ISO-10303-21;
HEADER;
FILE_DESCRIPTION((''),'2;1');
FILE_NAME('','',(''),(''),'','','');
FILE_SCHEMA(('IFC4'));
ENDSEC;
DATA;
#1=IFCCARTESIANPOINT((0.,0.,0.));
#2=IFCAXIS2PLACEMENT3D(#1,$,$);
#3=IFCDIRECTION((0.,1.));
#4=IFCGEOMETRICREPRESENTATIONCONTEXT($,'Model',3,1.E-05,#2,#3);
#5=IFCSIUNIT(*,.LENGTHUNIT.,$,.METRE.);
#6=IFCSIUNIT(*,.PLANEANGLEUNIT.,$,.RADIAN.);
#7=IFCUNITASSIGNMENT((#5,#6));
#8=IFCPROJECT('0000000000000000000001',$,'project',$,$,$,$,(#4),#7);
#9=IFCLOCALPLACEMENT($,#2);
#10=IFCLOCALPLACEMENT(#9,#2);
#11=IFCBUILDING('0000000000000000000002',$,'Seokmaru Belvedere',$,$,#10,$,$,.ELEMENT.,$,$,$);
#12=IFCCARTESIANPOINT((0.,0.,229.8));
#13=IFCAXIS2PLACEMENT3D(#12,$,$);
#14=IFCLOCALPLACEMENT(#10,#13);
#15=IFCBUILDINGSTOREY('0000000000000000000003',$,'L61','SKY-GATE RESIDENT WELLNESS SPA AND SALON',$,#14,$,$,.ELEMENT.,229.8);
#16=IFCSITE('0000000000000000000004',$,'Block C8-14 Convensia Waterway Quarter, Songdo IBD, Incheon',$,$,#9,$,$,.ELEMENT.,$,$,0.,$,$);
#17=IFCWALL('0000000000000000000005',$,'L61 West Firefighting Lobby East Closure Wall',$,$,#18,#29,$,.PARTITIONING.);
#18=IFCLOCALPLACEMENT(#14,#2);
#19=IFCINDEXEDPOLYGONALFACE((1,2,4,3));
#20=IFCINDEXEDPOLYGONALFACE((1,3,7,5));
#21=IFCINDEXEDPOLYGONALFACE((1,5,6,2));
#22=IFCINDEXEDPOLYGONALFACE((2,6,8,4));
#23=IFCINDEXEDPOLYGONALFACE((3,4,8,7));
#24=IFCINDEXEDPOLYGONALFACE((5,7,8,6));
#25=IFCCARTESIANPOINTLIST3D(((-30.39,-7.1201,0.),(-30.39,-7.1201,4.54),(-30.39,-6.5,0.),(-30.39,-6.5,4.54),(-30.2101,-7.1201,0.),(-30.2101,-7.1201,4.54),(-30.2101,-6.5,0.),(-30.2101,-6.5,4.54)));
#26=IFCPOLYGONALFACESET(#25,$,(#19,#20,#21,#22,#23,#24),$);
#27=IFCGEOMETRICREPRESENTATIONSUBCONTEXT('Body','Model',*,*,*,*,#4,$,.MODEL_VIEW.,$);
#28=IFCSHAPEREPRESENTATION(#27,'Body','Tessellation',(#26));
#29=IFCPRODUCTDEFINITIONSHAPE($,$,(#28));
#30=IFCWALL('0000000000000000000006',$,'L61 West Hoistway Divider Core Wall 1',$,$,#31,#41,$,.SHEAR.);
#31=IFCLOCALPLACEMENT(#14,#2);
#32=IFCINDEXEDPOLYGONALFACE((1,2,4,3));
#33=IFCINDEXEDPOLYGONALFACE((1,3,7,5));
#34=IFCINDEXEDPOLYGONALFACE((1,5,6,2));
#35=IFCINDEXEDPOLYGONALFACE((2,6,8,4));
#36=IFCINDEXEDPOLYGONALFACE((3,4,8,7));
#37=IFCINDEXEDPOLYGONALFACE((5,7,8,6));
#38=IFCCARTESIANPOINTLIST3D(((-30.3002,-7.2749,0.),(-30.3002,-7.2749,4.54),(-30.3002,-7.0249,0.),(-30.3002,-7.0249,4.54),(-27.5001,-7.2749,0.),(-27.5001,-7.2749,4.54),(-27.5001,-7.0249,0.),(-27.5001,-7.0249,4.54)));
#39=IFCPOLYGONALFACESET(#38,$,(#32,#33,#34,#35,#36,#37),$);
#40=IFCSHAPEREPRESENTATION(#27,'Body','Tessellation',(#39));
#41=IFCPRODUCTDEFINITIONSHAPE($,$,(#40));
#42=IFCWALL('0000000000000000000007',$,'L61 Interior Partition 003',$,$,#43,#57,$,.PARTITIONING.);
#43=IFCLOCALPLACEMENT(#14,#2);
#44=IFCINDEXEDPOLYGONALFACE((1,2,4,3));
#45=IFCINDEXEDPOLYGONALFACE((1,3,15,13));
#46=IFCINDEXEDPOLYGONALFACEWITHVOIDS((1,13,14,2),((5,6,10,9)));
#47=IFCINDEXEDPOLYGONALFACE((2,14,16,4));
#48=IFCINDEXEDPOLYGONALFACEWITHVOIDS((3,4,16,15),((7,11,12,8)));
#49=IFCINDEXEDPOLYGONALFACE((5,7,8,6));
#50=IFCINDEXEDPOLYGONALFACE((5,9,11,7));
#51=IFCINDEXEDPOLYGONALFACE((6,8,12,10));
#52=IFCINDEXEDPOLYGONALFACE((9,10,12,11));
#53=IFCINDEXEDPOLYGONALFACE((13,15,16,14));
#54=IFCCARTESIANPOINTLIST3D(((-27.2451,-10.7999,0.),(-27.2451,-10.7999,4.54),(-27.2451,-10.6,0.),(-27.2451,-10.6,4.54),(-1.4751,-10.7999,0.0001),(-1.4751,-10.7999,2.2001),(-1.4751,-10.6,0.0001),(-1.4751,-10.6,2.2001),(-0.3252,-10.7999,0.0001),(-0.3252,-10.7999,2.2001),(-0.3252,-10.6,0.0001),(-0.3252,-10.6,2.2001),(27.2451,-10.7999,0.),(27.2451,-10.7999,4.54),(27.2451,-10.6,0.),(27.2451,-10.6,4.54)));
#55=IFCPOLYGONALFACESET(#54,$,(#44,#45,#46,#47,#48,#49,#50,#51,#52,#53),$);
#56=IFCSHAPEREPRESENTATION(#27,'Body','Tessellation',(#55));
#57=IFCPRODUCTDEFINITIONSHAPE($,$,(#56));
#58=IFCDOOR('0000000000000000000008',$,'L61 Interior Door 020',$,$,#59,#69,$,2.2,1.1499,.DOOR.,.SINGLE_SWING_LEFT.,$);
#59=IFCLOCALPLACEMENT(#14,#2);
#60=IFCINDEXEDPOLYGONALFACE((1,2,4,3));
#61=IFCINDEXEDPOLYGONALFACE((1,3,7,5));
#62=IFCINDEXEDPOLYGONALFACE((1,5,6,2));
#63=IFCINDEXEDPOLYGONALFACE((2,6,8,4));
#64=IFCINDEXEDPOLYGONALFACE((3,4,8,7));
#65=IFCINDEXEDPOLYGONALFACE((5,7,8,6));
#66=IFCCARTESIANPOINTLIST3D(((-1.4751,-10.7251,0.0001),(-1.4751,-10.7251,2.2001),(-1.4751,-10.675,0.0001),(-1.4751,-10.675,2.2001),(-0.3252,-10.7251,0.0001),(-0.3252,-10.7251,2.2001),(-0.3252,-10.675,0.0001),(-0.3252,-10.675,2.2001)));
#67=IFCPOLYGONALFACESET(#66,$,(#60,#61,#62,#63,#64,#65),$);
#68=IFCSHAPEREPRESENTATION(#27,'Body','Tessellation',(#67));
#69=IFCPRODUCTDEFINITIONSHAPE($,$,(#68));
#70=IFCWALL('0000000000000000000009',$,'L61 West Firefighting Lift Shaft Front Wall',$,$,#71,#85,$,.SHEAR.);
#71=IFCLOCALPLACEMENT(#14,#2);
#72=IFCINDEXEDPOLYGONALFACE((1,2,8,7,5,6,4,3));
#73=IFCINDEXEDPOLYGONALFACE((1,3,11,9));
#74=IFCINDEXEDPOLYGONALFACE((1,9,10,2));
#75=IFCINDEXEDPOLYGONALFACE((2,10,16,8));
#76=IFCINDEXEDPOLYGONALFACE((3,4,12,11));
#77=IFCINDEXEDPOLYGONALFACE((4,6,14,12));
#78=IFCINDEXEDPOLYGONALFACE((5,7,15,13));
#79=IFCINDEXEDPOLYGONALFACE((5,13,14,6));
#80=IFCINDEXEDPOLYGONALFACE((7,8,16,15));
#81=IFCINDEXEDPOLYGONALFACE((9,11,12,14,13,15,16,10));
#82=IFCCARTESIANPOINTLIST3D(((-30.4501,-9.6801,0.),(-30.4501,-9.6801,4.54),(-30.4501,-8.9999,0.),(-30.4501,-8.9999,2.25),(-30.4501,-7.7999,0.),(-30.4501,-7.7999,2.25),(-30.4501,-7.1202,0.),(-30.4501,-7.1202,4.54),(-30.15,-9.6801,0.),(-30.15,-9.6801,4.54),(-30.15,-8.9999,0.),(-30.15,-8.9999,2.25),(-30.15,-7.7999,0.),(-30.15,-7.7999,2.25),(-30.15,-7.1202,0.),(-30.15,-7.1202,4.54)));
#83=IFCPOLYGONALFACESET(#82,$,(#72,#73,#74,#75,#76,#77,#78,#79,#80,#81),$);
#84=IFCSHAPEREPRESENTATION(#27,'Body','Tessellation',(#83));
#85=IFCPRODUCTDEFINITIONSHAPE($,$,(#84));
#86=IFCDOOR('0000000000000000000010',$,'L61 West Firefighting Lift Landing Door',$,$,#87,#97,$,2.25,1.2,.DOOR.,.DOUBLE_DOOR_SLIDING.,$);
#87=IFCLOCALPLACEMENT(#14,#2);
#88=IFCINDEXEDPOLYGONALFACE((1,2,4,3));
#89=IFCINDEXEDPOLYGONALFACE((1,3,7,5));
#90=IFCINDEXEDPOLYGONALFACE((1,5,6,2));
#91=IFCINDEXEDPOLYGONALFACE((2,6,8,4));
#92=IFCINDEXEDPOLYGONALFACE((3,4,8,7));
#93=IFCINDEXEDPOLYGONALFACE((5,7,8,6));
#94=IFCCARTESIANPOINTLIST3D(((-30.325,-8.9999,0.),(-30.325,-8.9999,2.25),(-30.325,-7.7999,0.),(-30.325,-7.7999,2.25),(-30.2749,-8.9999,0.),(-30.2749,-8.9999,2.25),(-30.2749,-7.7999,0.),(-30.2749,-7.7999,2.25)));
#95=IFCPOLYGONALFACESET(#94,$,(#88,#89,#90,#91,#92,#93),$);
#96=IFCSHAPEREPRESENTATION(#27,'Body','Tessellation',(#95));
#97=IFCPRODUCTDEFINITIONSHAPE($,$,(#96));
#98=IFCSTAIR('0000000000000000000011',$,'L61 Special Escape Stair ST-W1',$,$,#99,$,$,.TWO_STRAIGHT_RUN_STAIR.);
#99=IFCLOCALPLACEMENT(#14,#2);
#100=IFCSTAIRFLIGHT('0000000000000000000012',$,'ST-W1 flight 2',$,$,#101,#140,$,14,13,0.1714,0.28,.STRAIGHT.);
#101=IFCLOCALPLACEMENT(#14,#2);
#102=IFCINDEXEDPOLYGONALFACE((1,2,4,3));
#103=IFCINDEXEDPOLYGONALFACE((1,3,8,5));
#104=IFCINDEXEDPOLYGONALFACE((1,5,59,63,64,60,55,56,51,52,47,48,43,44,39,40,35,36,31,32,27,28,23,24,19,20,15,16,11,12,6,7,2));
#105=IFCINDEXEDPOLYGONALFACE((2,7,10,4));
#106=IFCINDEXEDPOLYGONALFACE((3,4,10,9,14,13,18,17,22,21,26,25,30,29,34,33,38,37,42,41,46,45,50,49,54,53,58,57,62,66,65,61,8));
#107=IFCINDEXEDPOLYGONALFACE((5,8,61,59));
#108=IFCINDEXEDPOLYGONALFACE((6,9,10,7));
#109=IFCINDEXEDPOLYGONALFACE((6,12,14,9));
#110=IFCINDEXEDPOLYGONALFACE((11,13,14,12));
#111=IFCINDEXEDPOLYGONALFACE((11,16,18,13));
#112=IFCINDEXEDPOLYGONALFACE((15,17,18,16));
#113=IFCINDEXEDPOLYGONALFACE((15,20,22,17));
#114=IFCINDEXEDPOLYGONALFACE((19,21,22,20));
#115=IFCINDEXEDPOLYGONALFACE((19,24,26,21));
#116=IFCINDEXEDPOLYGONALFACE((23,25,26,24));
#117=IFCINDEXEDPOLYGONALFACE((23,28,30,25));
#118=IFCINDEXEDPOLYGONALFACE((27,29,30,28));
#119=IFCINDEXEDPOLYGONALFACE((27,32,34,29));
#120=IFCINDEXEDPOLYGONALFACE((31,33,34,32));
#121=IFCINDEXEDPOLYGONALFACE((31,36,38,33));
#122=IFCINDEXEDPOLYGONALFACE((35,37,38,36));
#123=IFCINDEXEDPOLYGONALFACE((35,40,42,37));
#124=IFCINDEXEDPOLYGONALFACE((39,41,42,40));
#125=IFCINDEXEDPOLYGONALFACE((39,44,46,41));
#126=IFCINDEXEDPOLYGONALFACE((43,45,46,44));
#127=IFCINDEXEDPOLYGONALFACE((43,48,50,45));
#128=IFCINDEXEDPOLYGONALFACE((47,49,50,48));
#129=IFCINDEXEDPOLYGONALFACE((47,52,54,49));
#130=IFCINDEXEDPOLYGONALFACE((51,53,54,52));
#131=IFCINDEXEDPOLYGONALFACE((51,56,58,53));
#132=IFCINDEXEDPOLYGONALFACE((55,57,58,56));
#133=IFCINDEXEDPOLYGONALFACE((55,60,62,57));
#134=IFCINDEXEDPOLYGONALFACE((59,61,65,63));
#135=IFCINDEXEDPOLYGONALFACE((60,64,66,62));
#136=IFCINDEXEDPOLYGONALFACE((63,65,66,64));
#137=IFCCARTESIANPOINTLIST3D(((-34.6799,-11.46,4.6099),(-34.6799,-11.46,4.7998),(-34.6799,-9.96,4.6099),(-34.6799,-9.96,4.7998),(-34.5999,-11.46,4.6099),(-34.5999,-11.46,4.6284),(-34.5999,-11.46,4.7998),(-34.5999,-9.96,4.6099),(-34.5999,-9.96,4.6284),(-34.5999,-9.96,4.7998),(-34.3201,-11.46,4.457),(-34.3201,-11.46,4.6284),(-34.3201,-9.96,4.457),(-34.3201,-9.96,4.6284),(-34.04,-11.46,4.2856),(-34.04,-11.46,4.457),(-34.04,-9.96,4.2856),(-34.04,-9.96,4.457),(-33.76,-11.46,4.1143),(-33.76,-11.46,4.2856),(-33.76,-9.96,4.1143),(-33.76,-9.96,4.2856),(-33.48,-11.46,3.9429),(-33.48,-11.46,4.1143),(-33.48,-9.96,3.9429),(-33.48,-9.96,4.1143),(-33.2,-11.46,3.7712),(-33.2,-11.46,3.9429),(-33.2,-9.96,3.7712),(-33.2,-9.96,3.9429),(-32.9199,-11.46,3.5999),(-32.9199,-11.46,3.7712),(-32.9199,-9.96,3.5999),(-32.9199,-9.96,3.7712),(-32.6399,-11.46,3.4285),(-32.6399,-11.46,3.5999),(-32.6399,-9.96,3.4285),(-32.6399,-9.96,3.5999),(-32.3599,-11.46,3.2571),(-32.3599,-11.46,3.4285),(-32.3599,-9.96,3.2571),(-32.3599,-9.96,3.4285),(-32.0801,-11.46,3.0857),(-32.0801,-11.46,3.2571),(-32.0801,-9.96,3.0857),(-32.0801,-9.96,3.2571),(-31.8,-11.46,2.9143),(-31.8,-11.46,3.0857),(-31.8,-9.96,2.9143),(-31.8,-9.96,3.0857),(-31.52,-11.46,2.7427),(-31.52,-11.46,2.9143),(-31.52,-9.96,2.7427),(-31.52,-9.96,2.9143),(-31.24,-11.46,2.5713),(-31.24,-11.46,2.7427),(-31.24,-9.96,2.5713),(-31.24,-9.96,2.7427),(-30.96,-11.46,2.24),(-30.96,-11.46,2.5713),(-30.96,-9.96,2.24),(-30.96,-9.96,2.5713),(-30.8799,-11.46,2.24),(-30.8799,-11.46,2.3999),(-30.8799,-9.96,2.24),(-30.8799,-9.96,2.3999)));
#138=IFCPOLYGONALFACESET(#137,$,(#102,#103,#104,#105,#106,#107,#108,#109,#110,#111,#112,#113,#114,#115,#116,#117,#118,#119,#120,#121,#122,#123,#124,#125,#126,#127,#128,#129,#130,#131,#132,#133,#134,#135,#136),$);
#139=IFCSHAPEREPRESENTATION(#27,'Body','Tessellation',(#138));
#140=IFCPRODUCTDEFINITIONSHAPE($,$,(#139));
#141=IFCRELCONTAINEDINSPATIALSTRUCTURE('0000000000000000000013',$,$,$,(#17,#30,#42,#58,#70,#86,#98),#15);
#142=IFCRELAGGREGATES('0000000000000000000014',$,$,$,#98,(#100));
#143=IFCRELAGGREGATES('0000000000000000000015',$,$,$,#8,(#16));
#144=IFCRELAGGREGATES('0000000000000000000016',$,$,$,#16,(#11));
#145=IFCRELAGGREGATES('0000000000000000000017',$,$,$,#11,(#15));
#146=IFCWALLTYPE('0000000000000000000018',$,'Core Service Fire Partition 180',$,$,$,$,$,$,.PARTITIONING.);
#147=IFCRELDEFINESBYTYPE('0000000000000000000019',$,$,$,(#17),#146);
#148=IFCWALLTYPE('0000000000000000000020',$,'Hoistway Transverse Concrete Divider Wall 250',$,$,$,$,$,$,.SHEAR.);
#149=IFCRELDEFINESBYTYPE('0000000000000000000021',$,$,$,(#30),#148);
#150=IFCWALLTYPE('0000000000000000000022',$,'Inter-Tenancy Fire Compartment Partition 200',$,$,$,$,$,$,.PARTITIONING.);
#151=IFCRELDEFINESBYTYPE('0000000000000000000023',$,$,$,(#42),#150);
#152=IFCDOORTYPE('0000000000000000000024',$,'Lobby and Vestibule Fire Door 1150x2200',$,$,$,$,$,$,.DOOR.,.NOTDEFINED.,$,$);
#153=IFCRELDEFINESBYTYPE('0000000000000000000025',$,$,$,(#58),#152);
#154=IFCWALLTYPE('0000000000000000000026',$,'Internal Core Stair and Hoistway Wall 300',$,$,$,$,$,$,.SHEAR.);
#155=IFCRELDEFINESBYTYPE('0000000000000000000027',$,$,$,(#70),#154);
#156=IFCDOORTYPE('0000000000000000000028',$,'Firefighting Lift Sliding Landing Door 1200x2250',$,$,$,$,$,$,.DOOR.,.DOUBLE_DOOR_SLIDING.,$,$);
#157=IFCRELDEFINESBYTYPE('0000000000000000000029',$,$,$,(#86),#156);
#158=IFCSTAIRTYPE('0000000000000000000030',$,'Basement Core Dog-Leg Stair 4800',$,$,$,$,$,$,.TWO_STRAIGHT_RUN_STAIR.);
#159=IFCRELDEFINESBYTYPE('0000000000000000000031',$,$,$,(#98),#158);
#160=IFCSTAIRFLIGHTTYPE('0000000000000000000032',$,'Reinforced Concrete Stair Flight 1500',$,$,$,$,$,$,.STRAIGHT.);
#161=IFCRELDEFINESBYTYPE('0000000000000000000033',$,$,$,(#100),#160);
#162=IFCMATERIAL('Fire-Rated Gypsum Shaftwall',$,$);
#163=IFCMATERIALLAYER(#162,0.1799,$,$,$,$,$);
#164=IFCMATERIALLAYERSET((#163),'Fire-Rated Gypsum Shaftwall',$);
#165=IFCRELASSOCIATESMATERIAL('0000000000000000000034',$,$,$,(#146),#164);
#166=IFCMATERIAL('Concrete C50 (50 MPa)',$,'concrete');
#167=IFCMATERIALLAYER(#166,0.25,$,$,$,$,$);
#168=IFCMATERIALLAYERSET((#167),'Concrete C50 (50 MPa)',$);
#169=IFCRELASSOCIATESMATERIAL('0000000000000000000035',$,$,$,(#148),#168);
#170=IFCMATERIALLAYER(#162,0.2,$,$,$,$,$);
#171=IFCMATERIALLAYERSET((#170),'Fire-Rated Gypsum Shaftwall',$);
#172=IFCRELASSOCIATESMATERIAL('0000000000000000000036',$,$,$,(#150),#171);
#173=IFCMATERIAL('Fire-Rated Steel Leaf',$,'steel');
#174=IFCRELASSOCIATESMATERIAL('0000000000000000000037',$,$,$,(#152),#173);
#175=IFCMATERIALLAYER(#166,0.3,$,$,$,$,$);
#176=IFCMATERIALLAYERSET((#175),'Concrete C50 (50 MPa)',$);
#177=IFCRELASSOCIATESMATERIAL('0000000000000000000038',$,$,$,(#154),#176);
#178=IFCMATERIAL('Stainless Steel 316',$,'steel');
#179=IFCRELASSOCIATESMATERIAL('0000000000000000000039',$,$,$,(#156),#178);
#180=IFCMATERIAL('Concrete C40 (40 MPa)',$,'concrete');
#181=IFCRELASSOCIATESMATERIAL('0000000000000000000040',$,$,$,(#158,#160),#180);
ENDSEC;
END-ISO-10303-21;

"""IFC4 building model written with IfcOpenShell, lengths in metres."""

from ifc_helpers import new_model, si_unit, direction, frame, frame_2d, origin, place, context, subcontext, project, spatial, polyline, rectangle, outline, extrude, source, transform, mapped, material, layer, layer_set, type_object, type_shapes, element, fill, aggregate, save


model = new_model("IFC4")

# Units and contexts
model_context = context("Model", 3, precision=1e-05, world=origin(), true_north=direction((0.0, 1.0)))
body_context = subcontext(model_context, "Body", "Model", "MODEL_VIEW")
ifc_project = project(units=[si_unit("LENGTHUNIT", "METRE"), si_unit("PLANEANGLEUNIT", "RADIAN")], contexts=[model_context])

# Site, building, storey
site_placement = place(None, origin())
site = spatial("IfcSite", under=ifc_project, at=site_placement, Name="Block C8-14 Convensia Waterway Quarter, Songdo IBD, Incheon", CompositionType="ELEMENT", RefElevation=0.0)
building_placement = place(site_placement, origin())
building = spatial("IfcBuilding", under=site, at=building_placement, Name="Seokmaru Belvedere", CompositionType="ELEMENT")
storey_placement = place(building_placement, frame((0.0, 0.0, 229.8)))
storey = spatial("IfcBuildingStorey", under=building, at=storey_placement, Name="L61", Description="SKY-GATE RESIDENT WELLNESS SPA AND SALON", CompositionType="ELEMENT", Elevation=229.8)

# Walls
ifc_material_1 = material(Name="Fire-Rated Gypsum Shaftwall")
ifc_layer_1 = layer(ifc_material_1, 0.1799)
ifc_layer_set_1 = layer_set([ifc_layer_1], Name="Fire-Rated Gypsum Shaftwall")
wall_type_1 = type_object("IfcWallType", Name="Core Service Fire Partition 180", PredefinedType="PARTITIONING", material=ifc_layer_set_1)
wall_1_placement = place(storey_placement, frame((-30.3, -7.1201, 0.0), z_axis=(0.0, 0.0, 1.0), x_axis=(0.0, 1.0, 0.0)))
element("IfcWall", 1, at=wall_1_placement, inside=storey, type_object=wall_type_1, Name="L61 West Firefighting Lobby East Closure Wall", PredefinedType="PARTITIONING", context=body_context, shape_type="SweptSolid", body=[
    extrude(rectangle(XDim=0.6201, YDim=0.1799, at=frame_2d((0.3101, 0.0))), origin(), (0.0, 0.0, 1.0), 4.54),
])
ifc_material_2 = material(Name="Concrete C50 (50 MPa)", Category="concrete")
ifc_layer_2 = layer(ifc_material_2, 0.25)
ifc_layer_set_2 = layer_set([ifc_layer_2], Name="Concrete C50 (50 MPa)")
wall_type_2 = type_object("IfcWallType", Name="Hoistway Transverse Concrete Divider Wall 250", PredefinedType="SHEAR", material=ifc_layer_set_2)
wall_2_placement = place(storey_placement, frame((-30.3, -7.1499, 0.0), z_axis=(0.0, 0.0, 1.0), x_axis=(1.0, 0.0, 0.0)))
element("IfcWall", 2, at=wall_2_placement, inside=storey, type_object=wall_type_2, Name="L61 West Hoistway Divider Core Wall 1", PredefinedType="SHEAR", context=body_context, shape_type="SweptSolid", body=[
    extrude(rectangle(XDim=2.8, YDim=0.25, at=frame_2d((1.3999, 0.0))), origin(), (0.0, 0.0, 1.0), 4.54),
])

# Walls, openings, doors
ifc_layer_3 = layer(ifc_material_1, 0.2)
ifc_layer_set_3 = layer_set([ifc_layer_3], Name="Fire-Rated Gypsum Shaftwall")
wall_type_3 = type_object("IfcWallType", Name="Inter-Tenancy Fire Compartment Partition 200", PredefinedType="PARTITIONING", material=ifc_layer_set_3)
wall_3_placement = place(storey_placement, frame((-27.2451, -10.7, 0.0), z_axis=(0.0, 0.0, 1.0), x_axis=(1.0, 0.0, 0.0)))
wall_3 = element("IfcWall", 3, at=wall_3_placement, inside=storey, type_object=wall_type_3, Name="L61 Interior Partition 003", PredefinedType="PARTITIONING", context=body_context, shape_type="SweptSolid", body=[
    extrude(rectangle(XDim=54.4902, YDim=0.2, at=frame_2d((27.2451, 0.0))), origin(), (0.0, 0.0, 1.0), 4.54),
])
opening_1_placement = place(wall_3_placement, frame((25.77, 0.0, 0.0)))
opening_1 = element("IfcOpeningElement", 4, at=opening_1_placement, cuts=wall_3, PredefinedType="OPENING", context=body_context, shape_type="SweptSolid", body=[
    extrude(rectangle(XDim=1.1499, YDim=2.2, at=frame_2d((0.575, 1.1001))), frame((0.0, 0.1099, 0.0), z_axis=(0.0, -1.0, 0.0), x_axis=(1.0, 0.0, 0.0)), (0.0, 0.0, 1.0), 0.22),
])
ifc_material_3 = material(Name="Fire-Rated Steel Leaf", Category="steel")
door_type_1 = type_object("IfcDoorType", Name="Lobby and Vestibule Fire Door 1150x2200", OperationType="NOTDEFINED", PredefinedType="DOOR", material=ifc_material_3)
shared_shape_1 = source(origin(), body_context, "Body", "SweptSolid", [
    extrude(rectangle(XDim=1.1499, YDim=2.2, at=frame_2d((0.575, 1.1001))), frame((0.0, 0.0249, 0.0), z_axis=(0.0, -1.0, 0.0), x_axis=(1.0, 0.0, 0.0)), (0.0, 0.0, 1.0), 0.05),
])
type_shapes(door_type_1, [shared_shape_1])
door_1_placement = place(opening_1_placement, origin())
door_1 = element("IfcDoor", 5, at=door_1_placement, inside=storey, type_object=door_type_1, Name="L61 Interior Door 020", OperationType="SINGLE_SWING_LEFT", OverallHeight=2.2, OverallWidth=1.1499, PredefinedType="DOOR", context=body_context, shape_type="MappedRepresentation", body=[
    mapped(shared_shape_1, transform((0.0, 0.0, 0.0), scale=1.0)),
])
fill(opening_1, door_1)
ifc_layer_4 = layer(ifc_material_2, 0.3)
ifc_layer_set_4 = layer_set([ifc_layer_4], Name="Concrete C50 (50 MPa)")
wall_type_4 = type_object("IfcWallType", Name="Internal Core Stair and Hoistway Wall 300", PredefinedType="SHEAR", material=ifc_layer_set_4)
wall_4_placement = place(storey_placement, frame((-30.3, -9.6799, 0.0), z_axis=(0.0, 0.0, 1.0), x_axis=(0.0, 1.0, 0.0)))
wall_4 = element("IfcWall", 6, at=wall_4_placement, inside=storey, type_object=wall_type_4, Name="L61 West Firefighting Lift Shaft Front Wall", PredefinedType="SHEAR", context=body_context, shape_type="SweptSolid", body=[
    extrude(rectangle(XDim=2.5598, YDim=0.3, at=frame_2d((1.2798, 0.0))), origin(), (0.0, 0.0, 1.0), 4.54),
])
opening_2_placement = place(wall_4_placement, frame((0.6799, 0.0, 0.0)))
opening_2 = element("IfcOpeningElement", 7, at=opening_2_placement, cuts=wall_4, PredefinedType="OPENING", context=body_context, shape_type="SweptSolid", body=[
    extrude(rectangle(XDim=1.2, YDim=2.25, at=frame_2d((0.6001, 1.125))), frame((0.0, 0.1602, 0.0), z_axis=(0.0, -1.0, 0.0), x_axis=(1.0, 0.0, 0.0)), (0.0, 0.0, 1.0), 0.3201),
])
ifc_material_4 = material(Name="Stainless Steel 316", Category="steel")
door_type_2 = type_object("IfcDoorType", Name="Firefighting Lift Sliding Landing Door 1200x2250", OperationType="DOUBLE_DOOR_SLIDING", PredefinedType="DOOR", material=ifc_material_4)
shared_shape_2 = source(origin(), body_context, "Body", "SweptSolid", [
    extrude(rectangle(XDim=1.2, YDim=2.25, at=frame_2d((0.6001, 1.125))), frame((0.0, 0.0249, 0.0), z_axis=(0.0, -1.0, 0.0), x_axis=(1.0, 0.0, 0.0)), (0.0, 0.0, 1.0), 0.05),
])
type_shapes(door_type_2, [shared_shape_2])
door_2_placement = place(opening_2_placement, origin())
door_2 = element("IfcDoor", 8, at=door_2_placement, inside=storey, type_object=door_type_2, Name="L61 West Firefighting Lift Landing Door", OperationType="DOUBLE_DOOR_SLIDING", OverallHeight=2.25, OverallWidth=1.2, PredefinedType="DOOR", context=body_context, shape_type="MappedRepresentation", body=[
    mapped(shared_shape_2, transform((0.0, 0.0, 0.0), scale=1.0)),
])
fill(opening_2, door_2)

# Stair, stair flight
ifc_material_5 = material(Name="Concrete C40 (40 MPa)", Category="concrete")
stair_type = type_object("IfcStairType", Name="Basement Core Dog-Leg Stair 4800", PredefinedType="TWO_STRAIGHT_RUN_STAIR", material=ifc_material_5)
stair_placement = place(storey_placement, origin())
stair = element("IfcStair", 9, at=stair_placement, inside=storey, type_object=stair_type, Name="L61 Special Escape Stair ST-W1", PredefinedType="TWO_STRAIGHT_RUN_STAIR")
stair_flight_type = type_object("IfcStairFlightType", Name="Reinforced Concrete Stair Flight 1500", PredefinedType="STRAIGHT", material=ifc_material_5)
stair_flight_placement = place(storey_placement, frame((-30.96, -10.71, 2.3999), z_axis=(0.0, 0.0, 1.0), x_axis=(-1.0, 0.0, 0.0)))
stair_flight = element("IfcStairFlight", 10, at=stair_flight_placement, type_object=stair_flight_type, Name="ST-W1 flight 2", NumberOfRisers=14, NumberOfTreads=13, PredefinedType="STRAIGHT", RiserHeight=0.1714, TreadLength=0.28, context=body_context, shape_type="SweptSolid", body=[
    extrude(outline(polyline([(-0.0801, 0.0), (0.0, 0.1714), (0.28, 0.1714), (0.28, 0.3428), (0.5601, 0.3428), (0.5601, 0.5144), (0.8401, 0.5144), (0.8401, 0.6858), (1.1201, 0.6858), (1.1201, 0.8572), (1.3999, 0.8572), (1.3999, 1.0286), (1.6799, 1.0286), (1.6799, 1.2), (1.96, 1.2), (1.96, 1.3713), (2.24, 1.3713), (2.24, 1.543), (2.52, 1.543), (2.52, 1.7144), (2.8, 1.7144), (2.8, 1.8857), (3.0801, 1.8857), (3.0801, 2.0571), (3.3601, 2.0571), (3.3601, 2.2285), (3.6399, 2.2285), (3.6399, 2.3999), (3.72, 2.3999), (3.72, 2.21), (3.6399, 2.21), (0.0, -0.1599), (-0.0801, -0.1599), (-0.0801, 0.0)])), frame((0.0, 0.75, 0.0), z_axis=(0.0, -1.0, 0.0), x_axis=(1.0, 0.0, 0.0)), (0.0, 0.0, 1.0), 1.5),
])
aggregate(stair, [stair_flight])

save(model, "model.ifc")
